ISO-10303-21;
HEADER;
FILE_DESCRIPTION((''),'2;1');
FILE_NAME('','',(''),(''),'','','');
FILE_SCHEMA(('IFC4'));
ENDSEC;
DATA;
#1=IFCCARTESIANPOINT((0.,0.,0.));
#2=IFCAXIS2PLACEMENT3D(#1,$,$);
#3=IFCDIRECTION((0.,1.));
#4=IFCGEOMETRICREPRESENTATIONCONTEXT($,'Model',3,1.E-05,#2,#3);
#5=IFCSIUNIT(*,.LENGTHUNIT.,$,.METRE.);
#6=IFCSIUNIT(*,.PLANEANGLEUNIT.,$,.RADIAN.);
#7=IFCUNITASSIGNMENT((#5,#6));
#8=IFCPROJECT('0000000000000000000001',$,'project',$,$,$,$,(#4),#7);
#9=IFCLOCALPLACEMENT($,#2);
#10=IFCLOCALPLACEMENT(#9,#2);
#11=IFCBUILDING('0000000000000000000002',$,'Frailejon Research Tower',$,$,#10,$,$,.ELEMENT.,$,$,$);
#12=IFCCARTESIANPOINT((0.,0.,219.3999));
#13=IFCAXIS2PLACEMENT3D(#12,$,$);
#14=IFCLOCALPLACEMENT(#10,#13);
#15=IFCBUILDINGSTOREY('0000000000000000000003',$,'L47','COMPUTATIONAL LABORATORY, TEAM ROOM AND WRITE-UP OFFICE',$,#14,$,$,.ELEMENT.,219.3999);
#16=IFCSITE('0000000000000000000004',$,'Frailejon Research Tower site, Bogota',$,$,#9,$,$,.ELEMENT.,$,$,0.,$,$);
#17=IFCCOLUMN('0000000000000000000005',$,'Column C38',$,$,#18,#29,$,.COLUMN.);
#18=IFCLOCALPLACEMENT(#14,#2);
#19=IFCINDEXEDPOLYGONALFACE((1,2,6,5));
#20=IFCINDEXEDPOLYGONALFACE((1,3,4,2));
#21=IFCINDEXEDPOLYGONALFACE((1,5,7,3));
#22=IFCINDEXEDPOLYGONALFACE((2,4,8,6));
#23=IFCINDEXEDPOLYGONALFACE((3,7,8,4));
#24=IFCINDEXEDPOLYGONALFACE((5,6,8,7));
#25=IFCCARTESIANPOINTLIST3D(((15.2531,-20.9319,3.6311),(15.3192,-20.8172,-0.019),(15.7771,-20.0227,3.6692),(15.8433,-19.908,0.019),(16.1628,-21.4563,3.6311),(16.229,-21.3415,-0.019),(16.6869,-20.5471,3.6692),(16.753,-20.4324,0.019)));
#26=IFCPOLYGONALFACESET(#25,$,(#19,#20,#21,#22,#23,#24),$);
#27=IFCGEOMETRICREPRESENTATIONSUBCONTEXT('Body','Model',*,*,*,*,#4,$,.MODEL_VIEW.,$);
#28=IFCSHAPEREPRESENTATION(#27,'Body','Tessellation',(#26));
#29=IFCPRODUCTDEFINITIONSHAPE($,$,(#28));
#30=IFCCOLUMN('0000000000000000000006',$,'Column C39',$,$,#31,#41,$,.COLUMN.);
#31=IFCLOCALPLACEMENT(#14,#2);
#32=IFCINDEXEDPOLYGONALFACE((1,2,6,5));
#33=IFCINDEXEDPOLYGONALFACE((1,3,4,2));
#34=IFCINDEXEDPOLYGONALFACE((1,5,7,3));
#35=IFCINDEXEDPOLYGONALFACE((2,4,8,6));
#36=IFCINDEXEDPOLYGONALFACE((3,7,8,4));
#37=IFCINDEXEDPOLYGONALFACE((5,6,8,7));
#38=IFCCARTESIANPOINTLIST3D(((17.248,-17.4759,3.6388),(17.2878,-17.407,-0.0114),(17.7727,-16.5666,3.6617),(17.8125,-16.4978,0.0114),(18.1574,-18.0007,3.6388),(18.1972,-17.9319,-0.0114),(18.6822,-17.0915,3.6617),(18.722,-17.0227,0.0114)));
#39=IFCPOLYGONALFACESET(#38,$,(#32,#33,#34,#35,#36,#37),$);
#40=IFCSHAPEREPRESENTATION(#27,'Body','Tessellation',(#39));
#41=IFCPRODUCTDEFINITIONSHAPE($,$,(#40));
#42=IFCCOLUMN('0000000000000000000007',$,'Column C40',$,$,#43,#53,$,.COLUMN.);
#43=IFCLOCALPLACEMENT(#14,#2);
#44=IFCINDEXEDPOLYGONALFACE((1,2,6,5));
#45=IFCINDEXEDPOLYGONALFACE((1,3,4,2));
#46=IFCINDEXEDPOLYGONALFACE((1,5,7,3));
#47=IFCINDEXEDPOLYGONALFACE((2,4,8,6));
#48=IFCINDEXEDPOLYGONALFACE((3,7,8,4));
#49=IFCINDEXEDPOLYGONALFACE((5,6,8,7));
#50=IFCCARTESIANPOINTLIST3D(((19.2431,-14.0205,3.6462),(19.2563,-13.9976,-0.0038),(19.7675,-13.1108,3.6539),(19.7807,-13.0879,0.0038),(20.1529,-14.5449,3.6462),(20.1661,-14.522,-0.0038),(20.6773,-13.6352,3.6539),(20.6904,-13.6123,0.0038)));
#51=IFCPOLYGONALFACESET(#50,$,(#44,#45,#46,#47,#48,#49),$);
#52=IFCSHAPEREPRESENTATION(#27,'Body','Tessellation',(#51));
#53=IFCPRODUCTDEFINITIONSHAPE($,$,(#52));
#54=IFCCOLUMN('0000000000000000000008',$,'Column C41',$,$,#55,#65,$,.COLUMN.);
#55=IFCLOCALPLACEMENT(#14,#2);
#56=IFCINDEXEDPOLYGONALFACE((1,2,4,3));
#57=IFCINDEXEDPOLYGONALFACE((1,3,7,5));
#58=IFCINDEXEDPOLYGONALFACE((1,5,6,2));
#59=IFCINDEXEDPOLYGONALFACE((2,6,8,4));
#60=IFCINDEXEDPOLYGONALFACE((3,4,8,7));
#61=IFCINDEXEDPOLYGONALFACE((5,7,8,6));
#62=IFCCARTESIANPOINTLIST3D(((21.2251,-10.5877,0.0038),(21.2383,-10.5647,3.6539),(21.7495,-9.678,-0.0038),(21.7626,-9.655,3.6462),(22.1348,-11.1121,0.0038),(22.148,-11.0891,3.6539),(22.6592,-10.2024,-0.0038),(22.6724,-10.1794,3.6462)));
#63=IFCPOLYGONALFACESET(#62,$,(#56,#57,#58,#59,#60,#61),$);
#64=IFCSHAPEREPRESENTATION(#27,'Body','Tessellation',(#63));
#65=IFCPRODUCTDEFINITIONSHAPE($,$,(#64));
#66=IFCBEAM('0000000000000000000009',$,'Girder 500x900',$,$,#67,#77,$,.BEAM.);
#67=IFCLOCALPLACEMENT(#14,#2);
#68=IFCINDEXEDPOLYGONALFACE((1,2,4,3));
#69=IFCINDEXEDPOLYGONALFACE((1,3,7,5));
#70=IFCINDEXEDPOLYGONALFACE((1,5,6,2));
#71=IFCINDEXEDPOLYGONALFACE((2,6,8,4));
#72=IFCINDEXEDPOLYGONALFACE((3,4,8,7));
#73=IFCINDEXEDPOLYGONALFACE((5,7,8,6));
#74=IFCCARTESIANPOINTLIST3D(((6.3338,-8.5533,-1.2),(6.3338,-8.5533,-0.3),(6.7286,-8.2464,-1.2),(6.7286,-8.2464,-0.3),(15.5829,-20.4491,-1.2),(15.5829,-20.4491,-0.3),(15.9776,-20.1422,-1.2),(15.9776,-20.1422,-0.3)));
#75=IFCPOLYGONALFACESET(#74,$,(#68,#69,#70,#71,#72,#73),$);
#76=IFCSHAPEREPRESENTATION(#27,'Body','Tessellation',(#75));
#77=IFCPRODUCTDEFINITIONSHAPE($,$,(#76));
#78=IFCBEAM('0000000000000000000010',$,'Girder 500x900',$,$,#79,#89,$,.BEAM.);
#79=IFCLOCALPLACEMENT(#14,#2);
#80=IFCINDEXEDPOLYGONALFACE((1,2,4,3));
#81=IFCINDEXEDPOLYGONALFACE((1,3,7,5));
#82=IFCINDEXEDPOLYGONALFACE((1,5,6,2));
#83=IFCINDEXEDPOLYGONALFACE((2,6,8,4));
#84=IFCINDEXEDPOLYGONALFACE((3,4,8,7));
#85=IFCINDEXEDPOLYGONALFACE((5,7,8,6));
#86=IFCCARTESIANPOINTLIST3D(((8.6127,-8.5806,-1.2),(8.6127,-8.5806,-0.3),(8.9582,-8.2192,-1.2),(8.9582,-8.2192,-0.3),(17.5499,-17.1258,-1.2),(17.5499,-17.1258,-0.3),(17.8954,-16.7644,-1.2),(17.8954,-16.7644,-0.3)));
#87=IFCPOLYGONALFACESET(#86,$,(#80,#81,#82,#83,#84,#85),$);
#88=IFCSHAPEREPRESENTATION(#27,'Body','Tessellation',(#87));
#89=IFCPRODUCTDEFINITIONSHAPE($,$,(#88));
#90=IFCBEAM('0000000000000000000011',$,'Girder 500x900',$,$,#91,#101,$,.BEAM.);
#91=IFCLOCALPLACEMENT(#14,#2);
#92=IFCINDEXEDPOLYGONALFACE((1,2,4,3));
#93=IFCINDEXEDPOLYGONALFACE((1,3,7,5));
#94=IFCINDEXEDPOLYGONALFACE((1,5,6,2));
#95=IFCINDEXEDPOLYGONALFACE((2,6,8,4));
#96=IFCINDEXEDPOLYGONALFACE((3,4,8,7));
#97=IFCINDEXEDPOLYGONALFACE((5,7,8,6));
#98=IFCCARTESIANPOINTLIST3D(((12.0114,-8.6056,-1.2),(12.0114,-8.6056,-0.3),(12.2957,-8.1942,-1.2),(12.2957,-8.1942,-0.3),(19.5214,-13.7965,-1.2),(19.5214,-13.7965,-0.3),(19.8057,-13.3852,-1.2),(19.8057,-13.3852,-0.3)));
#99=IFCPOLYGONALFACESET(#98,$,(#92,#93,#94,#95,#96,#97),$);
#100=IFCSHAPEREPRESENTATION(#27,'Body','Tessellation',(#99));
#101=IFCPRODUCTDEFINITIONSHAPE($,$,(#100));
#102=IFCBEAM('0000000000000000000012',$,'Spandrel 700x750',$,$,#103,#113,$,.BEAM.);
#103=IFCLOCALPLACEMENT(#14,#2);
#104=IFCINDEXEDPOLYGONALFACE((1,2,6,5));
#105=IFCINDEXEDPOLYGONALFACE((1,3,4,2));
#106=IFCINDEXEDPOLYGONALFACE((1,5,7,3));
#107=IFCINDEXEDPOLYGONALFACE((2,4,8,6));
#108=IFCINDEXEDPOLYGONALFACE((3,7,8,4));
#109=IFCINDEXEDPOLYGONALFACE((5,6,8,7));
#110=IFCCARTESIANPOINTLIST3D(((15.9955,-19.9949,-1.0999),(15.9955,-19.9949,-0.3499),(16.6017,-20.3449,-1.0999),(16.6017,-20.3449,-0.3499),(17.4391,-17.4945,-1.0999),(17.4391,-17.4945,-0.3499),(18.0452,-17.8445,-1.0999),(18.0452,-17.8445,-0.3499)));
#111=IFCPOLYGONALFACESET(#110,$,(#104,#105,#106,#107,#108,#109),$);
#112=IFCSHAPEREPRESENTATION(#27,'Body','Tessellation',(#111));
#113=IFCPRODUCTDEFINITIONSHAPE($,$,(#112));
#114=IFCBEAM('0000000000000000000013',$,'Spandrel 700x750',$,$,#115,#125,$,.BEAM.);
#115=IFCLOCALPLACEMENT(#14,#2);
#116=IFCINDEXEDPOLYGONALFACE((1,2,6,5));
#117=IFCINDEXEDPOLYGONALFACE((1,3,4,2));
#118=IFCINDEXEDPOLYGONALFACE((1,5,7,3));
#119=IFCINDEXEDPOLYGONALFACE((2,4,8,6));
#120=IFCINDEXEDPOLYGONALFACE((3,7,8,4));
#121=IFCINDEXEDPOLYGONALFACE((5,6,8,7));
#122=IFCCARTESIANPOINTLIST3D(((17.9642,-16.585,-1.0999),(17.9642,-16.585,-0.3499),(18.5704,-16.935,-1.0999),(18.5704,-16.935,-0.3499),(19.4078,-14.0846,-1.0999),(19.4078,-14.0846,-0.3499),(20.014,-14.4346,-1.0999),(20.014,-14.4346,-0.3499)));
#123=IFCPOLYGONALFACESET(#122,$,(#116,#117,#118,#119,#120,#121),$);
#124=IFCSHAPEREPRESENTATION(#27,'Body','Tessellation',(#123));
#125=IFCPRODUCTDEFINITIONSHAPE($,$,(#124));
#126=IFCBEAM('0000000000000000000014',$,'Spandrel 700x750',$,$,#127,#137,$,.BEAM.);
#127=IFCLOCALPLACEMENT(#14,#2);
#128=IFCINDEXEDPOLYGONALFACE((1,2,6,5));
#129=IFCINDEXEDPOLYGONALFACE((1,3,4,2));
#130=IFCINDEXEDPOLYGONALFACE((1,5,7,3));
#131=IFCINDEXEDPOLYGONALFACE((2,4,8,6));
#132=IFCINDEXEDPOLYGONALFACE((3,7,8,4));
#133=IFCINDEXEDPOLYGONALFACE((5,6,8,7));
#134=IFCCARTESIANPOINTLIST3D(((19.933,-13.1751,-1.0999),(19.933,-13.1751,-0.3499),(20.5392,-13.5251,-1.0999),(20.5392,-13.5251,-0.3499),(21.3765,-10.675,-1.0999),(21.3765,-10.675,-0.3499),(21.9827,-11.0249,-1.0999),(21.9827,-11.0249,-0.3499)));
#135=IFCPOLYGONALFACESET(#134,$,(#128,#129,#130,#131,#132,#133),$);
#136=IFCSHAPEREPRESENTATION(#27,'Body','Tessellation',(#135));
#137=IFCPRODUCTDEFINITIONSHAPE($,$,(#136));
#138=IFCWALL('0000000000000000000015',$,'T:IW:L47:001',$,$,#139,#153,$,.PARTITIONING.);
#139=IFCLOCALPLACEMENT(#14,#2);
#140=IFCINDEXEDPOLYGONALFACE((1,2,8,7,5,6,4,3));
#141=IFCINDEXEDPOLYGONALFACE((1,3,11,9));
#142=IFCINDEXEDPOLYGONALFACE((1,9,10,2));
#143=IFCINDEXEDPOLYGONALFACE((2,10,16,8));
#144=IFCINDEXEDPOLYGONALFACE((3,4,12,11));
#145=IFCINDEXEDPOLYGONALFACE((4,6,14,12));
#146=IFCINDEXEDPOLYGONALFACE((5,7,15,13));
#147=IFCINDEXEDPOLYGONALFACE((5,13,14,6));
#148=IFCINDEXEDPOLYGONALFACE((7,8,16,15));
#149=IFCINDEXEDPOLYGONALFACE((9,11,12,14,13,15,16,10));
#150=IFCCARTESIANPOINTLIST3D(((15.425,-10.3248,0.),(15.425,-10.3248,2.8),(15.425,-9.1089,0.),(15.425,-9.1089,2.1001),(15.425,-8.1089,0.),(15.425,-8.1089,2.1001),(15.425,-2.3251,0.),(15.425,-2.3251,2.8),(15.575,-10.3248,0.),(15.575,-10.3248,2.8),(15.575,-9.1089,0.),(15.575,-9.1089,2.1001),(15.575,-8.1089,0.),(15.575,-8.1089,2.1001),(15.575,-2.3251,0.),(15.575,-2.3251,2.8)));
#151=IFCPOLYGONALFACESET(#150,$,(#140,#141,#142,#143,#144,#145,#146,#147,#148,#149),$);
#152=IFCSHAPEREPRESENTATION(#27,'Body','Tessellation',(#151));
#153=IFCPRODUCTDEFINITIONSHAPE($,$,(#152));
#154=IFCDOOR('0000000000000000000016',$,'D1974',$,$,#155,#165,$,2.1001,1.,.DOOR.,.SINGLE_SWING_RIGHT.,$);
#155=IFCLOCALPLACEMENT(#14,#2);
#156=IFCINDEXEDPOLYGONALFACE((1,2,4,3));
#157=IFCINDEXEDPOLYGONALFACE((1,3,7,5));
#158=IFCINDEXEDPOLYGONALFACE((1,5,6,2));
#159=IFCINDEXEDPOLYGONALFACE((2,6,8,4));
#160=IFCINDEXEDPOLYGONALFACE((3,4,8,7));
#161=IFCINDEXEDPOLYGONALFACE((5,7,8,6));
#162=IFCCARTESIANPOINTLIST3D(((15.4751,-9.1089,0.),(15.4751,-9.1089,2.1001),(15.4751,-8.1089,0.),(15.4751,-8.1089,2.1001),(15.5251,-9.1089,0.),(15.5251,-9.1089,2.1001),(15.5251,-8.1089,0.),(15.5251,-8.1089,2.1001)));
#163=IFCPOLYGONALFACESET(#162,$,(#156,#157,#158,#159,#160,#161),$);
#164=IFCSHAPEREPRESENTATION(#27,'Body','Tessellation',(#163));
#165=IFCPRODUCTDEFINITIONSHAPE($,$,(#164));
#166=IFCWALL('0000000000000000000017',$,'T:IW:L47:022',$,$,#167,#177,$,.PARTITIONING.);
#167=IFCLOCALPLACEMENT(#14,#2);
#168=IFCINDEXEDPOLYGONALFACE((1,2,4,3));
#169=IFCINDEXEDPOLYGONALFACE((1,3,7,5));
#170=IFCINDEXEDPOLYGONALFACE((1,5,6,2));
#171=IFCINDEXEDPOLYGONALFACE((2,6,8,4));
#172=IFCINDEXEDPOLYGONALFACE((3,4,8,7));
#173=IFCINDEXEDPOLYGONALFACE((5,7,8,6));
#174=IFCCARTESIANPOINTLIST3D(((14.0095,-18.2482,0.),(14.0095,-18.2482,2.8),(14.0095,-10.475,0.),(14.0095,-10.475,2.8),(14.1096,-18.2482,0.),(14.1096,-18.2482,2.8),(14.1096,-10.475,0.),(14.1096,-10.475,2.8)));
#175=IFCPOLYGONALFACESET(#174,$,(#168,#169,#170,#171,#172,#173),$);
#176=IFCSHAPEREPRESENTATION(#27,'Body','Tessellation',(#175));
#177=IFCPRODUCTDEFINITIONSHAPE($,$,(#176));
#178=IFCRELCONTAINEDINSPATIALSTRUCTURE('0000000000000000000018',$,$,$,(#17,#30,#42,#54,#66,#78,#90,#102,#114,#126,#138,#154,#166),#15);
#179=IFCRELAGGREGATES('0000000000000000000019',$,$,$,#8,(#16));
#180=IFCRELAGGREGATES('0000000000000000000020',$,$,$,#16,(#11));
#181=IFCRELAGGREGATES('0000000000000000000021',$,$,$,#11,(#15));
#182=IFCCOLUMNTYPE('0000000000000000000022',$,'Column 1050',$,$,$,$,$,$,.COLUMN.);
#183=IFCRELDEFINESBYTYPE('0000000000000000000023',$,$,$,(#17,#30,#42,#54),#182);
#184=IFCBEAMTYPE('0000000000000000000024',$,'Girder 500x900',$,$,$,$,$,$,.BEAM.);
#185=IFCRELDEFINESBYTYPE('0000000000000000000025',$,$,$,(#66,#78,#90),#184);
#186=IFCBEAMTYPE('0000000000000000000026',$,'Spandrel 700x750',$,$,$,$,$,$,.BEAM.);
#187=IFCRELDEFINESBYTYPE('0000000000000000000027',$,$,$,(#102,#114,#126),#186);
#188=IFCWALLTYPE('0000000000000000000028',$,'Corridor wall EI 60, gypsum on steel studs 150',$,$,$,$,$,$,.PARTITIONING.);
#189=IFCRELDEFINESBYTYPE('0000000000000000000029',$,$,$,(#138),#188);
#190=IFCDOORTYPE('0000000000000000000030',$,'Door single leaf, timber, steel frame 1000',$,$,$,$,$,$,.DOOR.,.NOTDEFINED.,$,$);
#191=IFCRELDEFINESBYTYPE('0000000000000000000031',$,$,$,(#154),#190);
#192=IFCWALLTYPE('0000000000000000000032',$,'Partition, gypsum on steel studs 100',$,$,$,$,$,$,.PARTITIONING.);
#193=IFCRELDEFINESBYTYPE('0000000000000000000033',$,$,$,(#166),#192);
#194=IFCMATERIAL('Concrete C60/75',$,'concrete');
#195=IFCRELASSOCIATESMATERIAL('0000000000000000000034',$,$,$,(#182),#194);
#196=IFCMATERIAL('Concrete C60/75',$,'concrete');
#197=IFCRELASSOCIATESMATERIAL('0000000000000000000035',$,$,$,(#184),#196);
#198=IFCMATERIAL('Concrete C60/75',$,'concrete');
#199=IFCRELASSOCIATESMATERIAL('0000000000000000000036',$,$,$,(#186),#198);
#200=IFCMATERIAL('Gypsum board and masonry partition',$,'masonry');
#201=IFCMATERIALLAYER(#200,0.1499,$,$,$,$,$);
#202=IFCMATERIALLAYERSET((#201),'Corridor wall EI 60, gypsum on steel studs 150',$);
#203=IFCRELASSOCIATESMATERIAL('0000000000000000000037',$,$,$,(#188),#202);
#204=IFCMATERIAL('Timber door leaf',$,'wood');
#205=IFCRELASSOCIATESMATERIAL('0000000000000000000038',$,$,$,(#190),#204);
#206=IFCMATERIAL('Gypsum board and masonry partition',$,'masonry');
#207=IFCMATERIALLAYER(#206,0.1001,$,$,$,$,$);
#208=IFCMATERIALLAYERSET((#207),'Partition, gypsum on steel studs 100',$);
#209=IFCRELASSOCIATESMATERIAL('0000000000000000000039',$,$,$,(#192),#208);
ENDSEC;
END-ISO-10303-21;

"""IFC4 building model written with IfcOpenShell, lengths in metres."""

from ifc_helpers import new_model, si_unit, direction, frame, frame_2d, origin, origin_2d, place, context, subcontext, project, spatial, rectangle, extrude, material, layer, layer_set, material_profile, profile_set, type_object, element, fill, save


model = new_model("IFC4")

# Units and contexts
model_context = context("Model", 3, precision=1e-05, world=origin(), true_north=direction((0.0, 1.0)))
body_context = subcontext(model_context, "Body", "Model", "MODEL_VIEW")
ifc_project = project(units=[si_unit("LENGTHUNIT", "METRE"), si_unit("PLANEANGLEUNIT", "RADIAN")], contexts=[model_context])

# Site, building, storey
site_placement = place(None, origin())
site = spatial("IfcSite", under=ifc_project, at=site_placement, Name="Frailejon Research Tower site, Bogota", CompositionType="ELEMENT", RefElevation=0.0)
building_placement = place(site_placement, origin())
building = spatial("IfcBuilding", under=site, at=building_placement, Name="Frailejon Research Tower", CompositionType="ELEMENT")
storey_placement = place(building_placement, frame((0.0, 0.0, 219.3999)))
storey = spatial("IfcBuildingStorey", under=building, at=storey_placement, Name="L47", Description="COMPUTATIONAL LABORATORY, TEAM ROOM AND WRITE-UP OFFICE", CompositionType="ELEMENT", Elevation=219.3999)

# Columns
ifc_material_1 = material(Name="Concrete C60/75", Category="concrete")
ifc_material_profile_1 = material_profile(ifc_material_1, rectangle(XDim=1.05, YDim=1.05, at=origin_2d()), Name="Column 1050")
ifc_profile_set_1 = profile_set([ifc_material_profile_1], Name="Concrete C60/75")
column_type = type_object("IfcColumnType", Name="Column 1050", PredefinedType="COLUMN", material=ifc_profile_set_1)
column_1_placement = place(storey_placement, frame((16.0361, -20.6248, 0.0), z_axis=(-0.018114, -0.031415, 0.999342), x_axis=(0.499041, 0.86582, 0.036263)))
element("IfcColumn", 1, at=column_1_placement, inside=storey, type_object=column_type, Name="Column C38", PredefinedType="COLUMN", context=body_context, shape_type="SweptSolid", body=[
    extrude(rectangle(XDim=1.05, YDim=1.05, at=origin_2d()), origin(), (0.0, 0.0, 1.0), 3.6526),
])
column_2_placement = place(storey_placement, frame((18.0049, -17.2148, 0.0), z_axis=(-0.0109, -0.018857, 0.999763), x_axis=(0.499729, 0.865908, 0.021781)))
element("IfcColumn", 2, at=column_2_placement, inside=storey, type_object=column_type, Name="Column C39", PredefinedType="COLUMN", context=body_context, shape_type="SweptSolid", body=[
    extrude(rectangle(XDim=1.05, YDim=1.05, at=origin_2d()), origin(), (0.0, 0.0, 1.0), 3.6511),
])
for number, where, z_axis, x_axis, name in (
    (3, (19.9734, -13.8049, 0.0), (-0.003612, -0.006287, 0.999974), (0.499382, 0.866352, 0.007251), "Column C40"),
    (4, (21.9421, -10.395, 0.0), (0.003612, 0.006287, 0.999974), (0.499382, 0.866352, -0.007251), "Column C41"),
):
    element("IfcColumn", number, at=place(storey_placement, frame(where, z_axis=z_axis, x_axis=x_axis)), inside=storey, type_object=column_type, Name=name, PredefinedType="COLUMN", context=body_context, shape_type="SweptSolid", body=[
        extrude(rectangle(XDim=1.05, YDim=1.05, at=origin_2d()), origin(), (0.0, 0.0, 1.0), 3.6501),
    ])

# Beams
ifc_material_2 = material(Name="Concrete C60/75", Category="concrete")
ifc_material_profile_2 = material_profile(ifc_material_2, rectangle(XDim=0.5, YDim=0.8999, at=origin_2d()), Name="Girder 500x900")
ifc_profile_set_2 = profile_set([ifc_material_profile_2], Name="Concrete C60/75")
beam_type_1 = type_object("IfcBeamType", Name="Girder 500x900", PredefinedType="BEAM", material=ifc_profile_set_2)
beam_1_placement = place(storey_placement, frame((15.7803, -20.2957, -0.75), z_axis=(-0.613807, 0.789456, 0.0), x_axis=(-0.789456, -0.613807, 0.0)))
element("IfcBeam", 5, at=beam_1_placement, inside=storey, type_object=beam_type_1, Name="Girder 500x900", PredefinedType="BEAM", context=body_context, shape_type="SweptSolid", body=[
    extrude(rectangle(XDim=0.5, YDim=0.8999, at=origin_2d()), origin(), (0.0, 0.0, 1.0), 15.0684),
])
beam_2_placement = place(storey_placement, frame((17.7227, -16.9451, -0.75), z_axis=(-0.722784, 0.691074, 0.0), x_axis=(-0.691074, -0.722784, 0.0)))
element("IfcBeam", 6, at=beam_2_placement, inside=storey, type_object=beam_type_1, Name="Girder 500x900", PredefinedType="BEAM", context=body_context, shape_type="SweptSolid", body=[
    extrude(rectangle(XDim=0.5, YDim=0.8999, at=origin_2d()), origin(), (0.0, 0.0, 1.0), 12.365),
])
beam_3_placement = place(storey_placement, frame((19.6636, -13.5908, -0.75), z_axis=(-0.822618, 0.568594, 0.0), x_axis=(-0.568594, -0.822618, 0.0)))
element("IfcBeam", 7, at=beam_3_placement, inside=storey, type_object=beam_type_1, Name="Girder 500x900", PredefinedType="BEAM", context=body_context, shape_type="SweptSolid", body=[
    extrude(rectangle(XDim=0.5, YDim=0.8999, at=origin_2d()), origin(), (0.0, 0.0, 1.0), 9.1294),
])
ifc_material_3 = material(Name="Concrete C60/75", Category="concrete")
ifc_material_profile_3 = material_profile(ifc_material_3, rectangle(XDim=0.7, YDim=0.75, at=origin_2d()), Name="Spandrel 700x750")
ifc_profile_set_3 = profile_set([ifc_material_profile_3], Name="Concrete C60/75")
beam_type_2 = type_object("IfcBeamType", Name="Spandrel 700x750", PredefinedType="BEAM", material=ifc_profile_set_3)
for number, where, z_axis, x_axis, name in (
    (8, (16.2986, -20.1699, -0.7249), (0.499986, 0.866034, 0.0), (-0.866034, 0.499986, 0.0), "Spandrel 700x750"),
    (9, (18.2673, -16.76, -0.7249), (0.499986, 0.866034, 0.0), (-0.866034, 0.499986, 0.0), "Spandrel 700x750"),
):
    element("IfcBeam", number, at=place(storey_placement, frame(where, z_axis=z_axis, x_axis=x_axis)), inside=storey, type_object=beam_type_2, Name=name, PredefinedType="BEAM", context=body_context, shape_type="SweptSolid", body=[
        extrude(rectangle(XDim=0.7, YDim=0.75, at=origin_2d()), origin(), (0.0, 0.0, 1.0), 2.8872),
    ])
beam_4_placement = place(storey_placement, frame((20.2361, -13.3501, -0.7249), z_axis=(0.500023, 0.866012, 0.0), x_axis=(-0.866012, 0.500023, 0.0)))
element("IfcBeam", 10, at=beam_4_placement, inside=storey, type_object=beam_type_2, Name="Spandrel 700x750", PredefinedType="BEAM", context=body_context, shape_type="SweptSolid", body=[
    extrude(rectangle(XDim=0.7, YDim=0.75, at=origin_2d()), origin(), (0.0, 0.0, 1.0), 2.887),
])

# Wall, opening, door
ifc_material_4 = material(Name="Gypsum board and masonry partition", Category="masonry")
ifc_layer_1 = layer(ifc_material_4, 0.1499)
ifc_layer_set_1 = layer_set([ifc_layer_1], Name="Corridor wall EI 60, gypsum on steel studs 150")
wall_type_1 = type_object("IfcWallType", Name="Corridor wall EI 60, gypsum on steel studs 150", PredefinedType="PARTITIONING", material=ifc_layer_set_1)
wall_1_placement = place(storey_placement, frame((15.5, -10.325, 0.0), z_axis=(0.0, 0.0, 1.0), x_axis=(0.0, 1.0, 0.0)))
wall_1 = element("IfcWall", 11, at=wall_1_placement, inside=storey, type_object=wall_type_1, Name="T:IW:L47:001", PredefinedType="PARTITIONING", context=body_context, shape_type="SweptSolid", body=[
    extrude(rectangle(XDim=7.9998, YDim=0.1499, at=frame_2d((4.0, 0.0))), origin(), (0.0, 0.0, 1.0), 2.8),
])
opening_1_placement = place(wall_1_placement, frame((1.2161, 0.0, 0.0)))
opening_1 = element("IfcOpeningElement", 12, at=opening_1_placement, cuts=wall_1, PredefinedType="OPENING", context=body_context, shape_type="SweptSolid", body=[
    extrude(rectangle(XDim=1.0, YDim=2.1001, at=frame_2d((0.5, 1.05))), frame((0.0, 0.085, 0.0), z_axis=(0.0, -1.0, 0.0), x_axis=(1.0, 0.0, 0.0)), (0.0, 0.0, 1.0), 0.1699),
])
ifc_material_5 = material(Name="Timber door leaf", Category="wood")
door_type_1 = type_object("IfcDoorType", Name="Door single leaf, timber, steel frame 1000", OperationType="NOTDEFINED", PredefinedType="DOOR", material=ifc_material_5)
door_1_placement = place(opening_1_placement, origin())
door_1 = element("IfcDoor", 13, at=door_1_placement, inside=storey, type_object=door_type_1, Name="D1974", OperationType="SINGLE_SWING_RIGHT", OverallHeight=2.1001, OverallWidth=1.0, PredefinedType="DOOR", context=body_context, shape_type="SweptSolid", body=[
    extrude(rectangle(XDim=1.0, YDim=2.1001, at=frame_2d((0.5, 1.05))), frame((0.0, 0.0249, 0.0), z_axis=(0.0, -1.0, 0.0), x_axis=(1.0, 0.0, 0.0)), (0.0, 0.0, 1.0), 0.05),
])
fill(opening_1, door_1)

# Wall
ifc_material_6 = material(Name="Gypsum board and masonry partition", Category="masonry")
ifc_layer_2 = layer(ifc_material_6, 0.1001)
ifc_layer_set_2 = layer_set([ifc_layer_2], Name="Partition, gypsum on steel studs 100")
wall_type_2 = type_object("IfcWallType", Name="Partition, gypsum on steel studs 100", PredefinedType="PARTITIONING", material=ifc_layer_set_2)
wall_2_placement = place(storey_placement, frame((14.0596, -18.2483, 0.0), z_axis=(0.0, 0.0, 1.0), x_axis=(0.0, 1.0, 0.0)))
element("IfcWall", 14, at=wall_2_placement, inside=storey, type_object=wall_type_2, Name="T:IW:L47:022", PredefinedType="PARTITIONING", context=body_context, shape_type="SweptSolid", body=[
    extrude(rectangle(XDim=7.7732, YDim=0.1001, at=frame_2d((3.8867, 0.0))), origin(), (0.0, 0.0, 1.0), 2.8),
])

save(model, "model.ifc")
